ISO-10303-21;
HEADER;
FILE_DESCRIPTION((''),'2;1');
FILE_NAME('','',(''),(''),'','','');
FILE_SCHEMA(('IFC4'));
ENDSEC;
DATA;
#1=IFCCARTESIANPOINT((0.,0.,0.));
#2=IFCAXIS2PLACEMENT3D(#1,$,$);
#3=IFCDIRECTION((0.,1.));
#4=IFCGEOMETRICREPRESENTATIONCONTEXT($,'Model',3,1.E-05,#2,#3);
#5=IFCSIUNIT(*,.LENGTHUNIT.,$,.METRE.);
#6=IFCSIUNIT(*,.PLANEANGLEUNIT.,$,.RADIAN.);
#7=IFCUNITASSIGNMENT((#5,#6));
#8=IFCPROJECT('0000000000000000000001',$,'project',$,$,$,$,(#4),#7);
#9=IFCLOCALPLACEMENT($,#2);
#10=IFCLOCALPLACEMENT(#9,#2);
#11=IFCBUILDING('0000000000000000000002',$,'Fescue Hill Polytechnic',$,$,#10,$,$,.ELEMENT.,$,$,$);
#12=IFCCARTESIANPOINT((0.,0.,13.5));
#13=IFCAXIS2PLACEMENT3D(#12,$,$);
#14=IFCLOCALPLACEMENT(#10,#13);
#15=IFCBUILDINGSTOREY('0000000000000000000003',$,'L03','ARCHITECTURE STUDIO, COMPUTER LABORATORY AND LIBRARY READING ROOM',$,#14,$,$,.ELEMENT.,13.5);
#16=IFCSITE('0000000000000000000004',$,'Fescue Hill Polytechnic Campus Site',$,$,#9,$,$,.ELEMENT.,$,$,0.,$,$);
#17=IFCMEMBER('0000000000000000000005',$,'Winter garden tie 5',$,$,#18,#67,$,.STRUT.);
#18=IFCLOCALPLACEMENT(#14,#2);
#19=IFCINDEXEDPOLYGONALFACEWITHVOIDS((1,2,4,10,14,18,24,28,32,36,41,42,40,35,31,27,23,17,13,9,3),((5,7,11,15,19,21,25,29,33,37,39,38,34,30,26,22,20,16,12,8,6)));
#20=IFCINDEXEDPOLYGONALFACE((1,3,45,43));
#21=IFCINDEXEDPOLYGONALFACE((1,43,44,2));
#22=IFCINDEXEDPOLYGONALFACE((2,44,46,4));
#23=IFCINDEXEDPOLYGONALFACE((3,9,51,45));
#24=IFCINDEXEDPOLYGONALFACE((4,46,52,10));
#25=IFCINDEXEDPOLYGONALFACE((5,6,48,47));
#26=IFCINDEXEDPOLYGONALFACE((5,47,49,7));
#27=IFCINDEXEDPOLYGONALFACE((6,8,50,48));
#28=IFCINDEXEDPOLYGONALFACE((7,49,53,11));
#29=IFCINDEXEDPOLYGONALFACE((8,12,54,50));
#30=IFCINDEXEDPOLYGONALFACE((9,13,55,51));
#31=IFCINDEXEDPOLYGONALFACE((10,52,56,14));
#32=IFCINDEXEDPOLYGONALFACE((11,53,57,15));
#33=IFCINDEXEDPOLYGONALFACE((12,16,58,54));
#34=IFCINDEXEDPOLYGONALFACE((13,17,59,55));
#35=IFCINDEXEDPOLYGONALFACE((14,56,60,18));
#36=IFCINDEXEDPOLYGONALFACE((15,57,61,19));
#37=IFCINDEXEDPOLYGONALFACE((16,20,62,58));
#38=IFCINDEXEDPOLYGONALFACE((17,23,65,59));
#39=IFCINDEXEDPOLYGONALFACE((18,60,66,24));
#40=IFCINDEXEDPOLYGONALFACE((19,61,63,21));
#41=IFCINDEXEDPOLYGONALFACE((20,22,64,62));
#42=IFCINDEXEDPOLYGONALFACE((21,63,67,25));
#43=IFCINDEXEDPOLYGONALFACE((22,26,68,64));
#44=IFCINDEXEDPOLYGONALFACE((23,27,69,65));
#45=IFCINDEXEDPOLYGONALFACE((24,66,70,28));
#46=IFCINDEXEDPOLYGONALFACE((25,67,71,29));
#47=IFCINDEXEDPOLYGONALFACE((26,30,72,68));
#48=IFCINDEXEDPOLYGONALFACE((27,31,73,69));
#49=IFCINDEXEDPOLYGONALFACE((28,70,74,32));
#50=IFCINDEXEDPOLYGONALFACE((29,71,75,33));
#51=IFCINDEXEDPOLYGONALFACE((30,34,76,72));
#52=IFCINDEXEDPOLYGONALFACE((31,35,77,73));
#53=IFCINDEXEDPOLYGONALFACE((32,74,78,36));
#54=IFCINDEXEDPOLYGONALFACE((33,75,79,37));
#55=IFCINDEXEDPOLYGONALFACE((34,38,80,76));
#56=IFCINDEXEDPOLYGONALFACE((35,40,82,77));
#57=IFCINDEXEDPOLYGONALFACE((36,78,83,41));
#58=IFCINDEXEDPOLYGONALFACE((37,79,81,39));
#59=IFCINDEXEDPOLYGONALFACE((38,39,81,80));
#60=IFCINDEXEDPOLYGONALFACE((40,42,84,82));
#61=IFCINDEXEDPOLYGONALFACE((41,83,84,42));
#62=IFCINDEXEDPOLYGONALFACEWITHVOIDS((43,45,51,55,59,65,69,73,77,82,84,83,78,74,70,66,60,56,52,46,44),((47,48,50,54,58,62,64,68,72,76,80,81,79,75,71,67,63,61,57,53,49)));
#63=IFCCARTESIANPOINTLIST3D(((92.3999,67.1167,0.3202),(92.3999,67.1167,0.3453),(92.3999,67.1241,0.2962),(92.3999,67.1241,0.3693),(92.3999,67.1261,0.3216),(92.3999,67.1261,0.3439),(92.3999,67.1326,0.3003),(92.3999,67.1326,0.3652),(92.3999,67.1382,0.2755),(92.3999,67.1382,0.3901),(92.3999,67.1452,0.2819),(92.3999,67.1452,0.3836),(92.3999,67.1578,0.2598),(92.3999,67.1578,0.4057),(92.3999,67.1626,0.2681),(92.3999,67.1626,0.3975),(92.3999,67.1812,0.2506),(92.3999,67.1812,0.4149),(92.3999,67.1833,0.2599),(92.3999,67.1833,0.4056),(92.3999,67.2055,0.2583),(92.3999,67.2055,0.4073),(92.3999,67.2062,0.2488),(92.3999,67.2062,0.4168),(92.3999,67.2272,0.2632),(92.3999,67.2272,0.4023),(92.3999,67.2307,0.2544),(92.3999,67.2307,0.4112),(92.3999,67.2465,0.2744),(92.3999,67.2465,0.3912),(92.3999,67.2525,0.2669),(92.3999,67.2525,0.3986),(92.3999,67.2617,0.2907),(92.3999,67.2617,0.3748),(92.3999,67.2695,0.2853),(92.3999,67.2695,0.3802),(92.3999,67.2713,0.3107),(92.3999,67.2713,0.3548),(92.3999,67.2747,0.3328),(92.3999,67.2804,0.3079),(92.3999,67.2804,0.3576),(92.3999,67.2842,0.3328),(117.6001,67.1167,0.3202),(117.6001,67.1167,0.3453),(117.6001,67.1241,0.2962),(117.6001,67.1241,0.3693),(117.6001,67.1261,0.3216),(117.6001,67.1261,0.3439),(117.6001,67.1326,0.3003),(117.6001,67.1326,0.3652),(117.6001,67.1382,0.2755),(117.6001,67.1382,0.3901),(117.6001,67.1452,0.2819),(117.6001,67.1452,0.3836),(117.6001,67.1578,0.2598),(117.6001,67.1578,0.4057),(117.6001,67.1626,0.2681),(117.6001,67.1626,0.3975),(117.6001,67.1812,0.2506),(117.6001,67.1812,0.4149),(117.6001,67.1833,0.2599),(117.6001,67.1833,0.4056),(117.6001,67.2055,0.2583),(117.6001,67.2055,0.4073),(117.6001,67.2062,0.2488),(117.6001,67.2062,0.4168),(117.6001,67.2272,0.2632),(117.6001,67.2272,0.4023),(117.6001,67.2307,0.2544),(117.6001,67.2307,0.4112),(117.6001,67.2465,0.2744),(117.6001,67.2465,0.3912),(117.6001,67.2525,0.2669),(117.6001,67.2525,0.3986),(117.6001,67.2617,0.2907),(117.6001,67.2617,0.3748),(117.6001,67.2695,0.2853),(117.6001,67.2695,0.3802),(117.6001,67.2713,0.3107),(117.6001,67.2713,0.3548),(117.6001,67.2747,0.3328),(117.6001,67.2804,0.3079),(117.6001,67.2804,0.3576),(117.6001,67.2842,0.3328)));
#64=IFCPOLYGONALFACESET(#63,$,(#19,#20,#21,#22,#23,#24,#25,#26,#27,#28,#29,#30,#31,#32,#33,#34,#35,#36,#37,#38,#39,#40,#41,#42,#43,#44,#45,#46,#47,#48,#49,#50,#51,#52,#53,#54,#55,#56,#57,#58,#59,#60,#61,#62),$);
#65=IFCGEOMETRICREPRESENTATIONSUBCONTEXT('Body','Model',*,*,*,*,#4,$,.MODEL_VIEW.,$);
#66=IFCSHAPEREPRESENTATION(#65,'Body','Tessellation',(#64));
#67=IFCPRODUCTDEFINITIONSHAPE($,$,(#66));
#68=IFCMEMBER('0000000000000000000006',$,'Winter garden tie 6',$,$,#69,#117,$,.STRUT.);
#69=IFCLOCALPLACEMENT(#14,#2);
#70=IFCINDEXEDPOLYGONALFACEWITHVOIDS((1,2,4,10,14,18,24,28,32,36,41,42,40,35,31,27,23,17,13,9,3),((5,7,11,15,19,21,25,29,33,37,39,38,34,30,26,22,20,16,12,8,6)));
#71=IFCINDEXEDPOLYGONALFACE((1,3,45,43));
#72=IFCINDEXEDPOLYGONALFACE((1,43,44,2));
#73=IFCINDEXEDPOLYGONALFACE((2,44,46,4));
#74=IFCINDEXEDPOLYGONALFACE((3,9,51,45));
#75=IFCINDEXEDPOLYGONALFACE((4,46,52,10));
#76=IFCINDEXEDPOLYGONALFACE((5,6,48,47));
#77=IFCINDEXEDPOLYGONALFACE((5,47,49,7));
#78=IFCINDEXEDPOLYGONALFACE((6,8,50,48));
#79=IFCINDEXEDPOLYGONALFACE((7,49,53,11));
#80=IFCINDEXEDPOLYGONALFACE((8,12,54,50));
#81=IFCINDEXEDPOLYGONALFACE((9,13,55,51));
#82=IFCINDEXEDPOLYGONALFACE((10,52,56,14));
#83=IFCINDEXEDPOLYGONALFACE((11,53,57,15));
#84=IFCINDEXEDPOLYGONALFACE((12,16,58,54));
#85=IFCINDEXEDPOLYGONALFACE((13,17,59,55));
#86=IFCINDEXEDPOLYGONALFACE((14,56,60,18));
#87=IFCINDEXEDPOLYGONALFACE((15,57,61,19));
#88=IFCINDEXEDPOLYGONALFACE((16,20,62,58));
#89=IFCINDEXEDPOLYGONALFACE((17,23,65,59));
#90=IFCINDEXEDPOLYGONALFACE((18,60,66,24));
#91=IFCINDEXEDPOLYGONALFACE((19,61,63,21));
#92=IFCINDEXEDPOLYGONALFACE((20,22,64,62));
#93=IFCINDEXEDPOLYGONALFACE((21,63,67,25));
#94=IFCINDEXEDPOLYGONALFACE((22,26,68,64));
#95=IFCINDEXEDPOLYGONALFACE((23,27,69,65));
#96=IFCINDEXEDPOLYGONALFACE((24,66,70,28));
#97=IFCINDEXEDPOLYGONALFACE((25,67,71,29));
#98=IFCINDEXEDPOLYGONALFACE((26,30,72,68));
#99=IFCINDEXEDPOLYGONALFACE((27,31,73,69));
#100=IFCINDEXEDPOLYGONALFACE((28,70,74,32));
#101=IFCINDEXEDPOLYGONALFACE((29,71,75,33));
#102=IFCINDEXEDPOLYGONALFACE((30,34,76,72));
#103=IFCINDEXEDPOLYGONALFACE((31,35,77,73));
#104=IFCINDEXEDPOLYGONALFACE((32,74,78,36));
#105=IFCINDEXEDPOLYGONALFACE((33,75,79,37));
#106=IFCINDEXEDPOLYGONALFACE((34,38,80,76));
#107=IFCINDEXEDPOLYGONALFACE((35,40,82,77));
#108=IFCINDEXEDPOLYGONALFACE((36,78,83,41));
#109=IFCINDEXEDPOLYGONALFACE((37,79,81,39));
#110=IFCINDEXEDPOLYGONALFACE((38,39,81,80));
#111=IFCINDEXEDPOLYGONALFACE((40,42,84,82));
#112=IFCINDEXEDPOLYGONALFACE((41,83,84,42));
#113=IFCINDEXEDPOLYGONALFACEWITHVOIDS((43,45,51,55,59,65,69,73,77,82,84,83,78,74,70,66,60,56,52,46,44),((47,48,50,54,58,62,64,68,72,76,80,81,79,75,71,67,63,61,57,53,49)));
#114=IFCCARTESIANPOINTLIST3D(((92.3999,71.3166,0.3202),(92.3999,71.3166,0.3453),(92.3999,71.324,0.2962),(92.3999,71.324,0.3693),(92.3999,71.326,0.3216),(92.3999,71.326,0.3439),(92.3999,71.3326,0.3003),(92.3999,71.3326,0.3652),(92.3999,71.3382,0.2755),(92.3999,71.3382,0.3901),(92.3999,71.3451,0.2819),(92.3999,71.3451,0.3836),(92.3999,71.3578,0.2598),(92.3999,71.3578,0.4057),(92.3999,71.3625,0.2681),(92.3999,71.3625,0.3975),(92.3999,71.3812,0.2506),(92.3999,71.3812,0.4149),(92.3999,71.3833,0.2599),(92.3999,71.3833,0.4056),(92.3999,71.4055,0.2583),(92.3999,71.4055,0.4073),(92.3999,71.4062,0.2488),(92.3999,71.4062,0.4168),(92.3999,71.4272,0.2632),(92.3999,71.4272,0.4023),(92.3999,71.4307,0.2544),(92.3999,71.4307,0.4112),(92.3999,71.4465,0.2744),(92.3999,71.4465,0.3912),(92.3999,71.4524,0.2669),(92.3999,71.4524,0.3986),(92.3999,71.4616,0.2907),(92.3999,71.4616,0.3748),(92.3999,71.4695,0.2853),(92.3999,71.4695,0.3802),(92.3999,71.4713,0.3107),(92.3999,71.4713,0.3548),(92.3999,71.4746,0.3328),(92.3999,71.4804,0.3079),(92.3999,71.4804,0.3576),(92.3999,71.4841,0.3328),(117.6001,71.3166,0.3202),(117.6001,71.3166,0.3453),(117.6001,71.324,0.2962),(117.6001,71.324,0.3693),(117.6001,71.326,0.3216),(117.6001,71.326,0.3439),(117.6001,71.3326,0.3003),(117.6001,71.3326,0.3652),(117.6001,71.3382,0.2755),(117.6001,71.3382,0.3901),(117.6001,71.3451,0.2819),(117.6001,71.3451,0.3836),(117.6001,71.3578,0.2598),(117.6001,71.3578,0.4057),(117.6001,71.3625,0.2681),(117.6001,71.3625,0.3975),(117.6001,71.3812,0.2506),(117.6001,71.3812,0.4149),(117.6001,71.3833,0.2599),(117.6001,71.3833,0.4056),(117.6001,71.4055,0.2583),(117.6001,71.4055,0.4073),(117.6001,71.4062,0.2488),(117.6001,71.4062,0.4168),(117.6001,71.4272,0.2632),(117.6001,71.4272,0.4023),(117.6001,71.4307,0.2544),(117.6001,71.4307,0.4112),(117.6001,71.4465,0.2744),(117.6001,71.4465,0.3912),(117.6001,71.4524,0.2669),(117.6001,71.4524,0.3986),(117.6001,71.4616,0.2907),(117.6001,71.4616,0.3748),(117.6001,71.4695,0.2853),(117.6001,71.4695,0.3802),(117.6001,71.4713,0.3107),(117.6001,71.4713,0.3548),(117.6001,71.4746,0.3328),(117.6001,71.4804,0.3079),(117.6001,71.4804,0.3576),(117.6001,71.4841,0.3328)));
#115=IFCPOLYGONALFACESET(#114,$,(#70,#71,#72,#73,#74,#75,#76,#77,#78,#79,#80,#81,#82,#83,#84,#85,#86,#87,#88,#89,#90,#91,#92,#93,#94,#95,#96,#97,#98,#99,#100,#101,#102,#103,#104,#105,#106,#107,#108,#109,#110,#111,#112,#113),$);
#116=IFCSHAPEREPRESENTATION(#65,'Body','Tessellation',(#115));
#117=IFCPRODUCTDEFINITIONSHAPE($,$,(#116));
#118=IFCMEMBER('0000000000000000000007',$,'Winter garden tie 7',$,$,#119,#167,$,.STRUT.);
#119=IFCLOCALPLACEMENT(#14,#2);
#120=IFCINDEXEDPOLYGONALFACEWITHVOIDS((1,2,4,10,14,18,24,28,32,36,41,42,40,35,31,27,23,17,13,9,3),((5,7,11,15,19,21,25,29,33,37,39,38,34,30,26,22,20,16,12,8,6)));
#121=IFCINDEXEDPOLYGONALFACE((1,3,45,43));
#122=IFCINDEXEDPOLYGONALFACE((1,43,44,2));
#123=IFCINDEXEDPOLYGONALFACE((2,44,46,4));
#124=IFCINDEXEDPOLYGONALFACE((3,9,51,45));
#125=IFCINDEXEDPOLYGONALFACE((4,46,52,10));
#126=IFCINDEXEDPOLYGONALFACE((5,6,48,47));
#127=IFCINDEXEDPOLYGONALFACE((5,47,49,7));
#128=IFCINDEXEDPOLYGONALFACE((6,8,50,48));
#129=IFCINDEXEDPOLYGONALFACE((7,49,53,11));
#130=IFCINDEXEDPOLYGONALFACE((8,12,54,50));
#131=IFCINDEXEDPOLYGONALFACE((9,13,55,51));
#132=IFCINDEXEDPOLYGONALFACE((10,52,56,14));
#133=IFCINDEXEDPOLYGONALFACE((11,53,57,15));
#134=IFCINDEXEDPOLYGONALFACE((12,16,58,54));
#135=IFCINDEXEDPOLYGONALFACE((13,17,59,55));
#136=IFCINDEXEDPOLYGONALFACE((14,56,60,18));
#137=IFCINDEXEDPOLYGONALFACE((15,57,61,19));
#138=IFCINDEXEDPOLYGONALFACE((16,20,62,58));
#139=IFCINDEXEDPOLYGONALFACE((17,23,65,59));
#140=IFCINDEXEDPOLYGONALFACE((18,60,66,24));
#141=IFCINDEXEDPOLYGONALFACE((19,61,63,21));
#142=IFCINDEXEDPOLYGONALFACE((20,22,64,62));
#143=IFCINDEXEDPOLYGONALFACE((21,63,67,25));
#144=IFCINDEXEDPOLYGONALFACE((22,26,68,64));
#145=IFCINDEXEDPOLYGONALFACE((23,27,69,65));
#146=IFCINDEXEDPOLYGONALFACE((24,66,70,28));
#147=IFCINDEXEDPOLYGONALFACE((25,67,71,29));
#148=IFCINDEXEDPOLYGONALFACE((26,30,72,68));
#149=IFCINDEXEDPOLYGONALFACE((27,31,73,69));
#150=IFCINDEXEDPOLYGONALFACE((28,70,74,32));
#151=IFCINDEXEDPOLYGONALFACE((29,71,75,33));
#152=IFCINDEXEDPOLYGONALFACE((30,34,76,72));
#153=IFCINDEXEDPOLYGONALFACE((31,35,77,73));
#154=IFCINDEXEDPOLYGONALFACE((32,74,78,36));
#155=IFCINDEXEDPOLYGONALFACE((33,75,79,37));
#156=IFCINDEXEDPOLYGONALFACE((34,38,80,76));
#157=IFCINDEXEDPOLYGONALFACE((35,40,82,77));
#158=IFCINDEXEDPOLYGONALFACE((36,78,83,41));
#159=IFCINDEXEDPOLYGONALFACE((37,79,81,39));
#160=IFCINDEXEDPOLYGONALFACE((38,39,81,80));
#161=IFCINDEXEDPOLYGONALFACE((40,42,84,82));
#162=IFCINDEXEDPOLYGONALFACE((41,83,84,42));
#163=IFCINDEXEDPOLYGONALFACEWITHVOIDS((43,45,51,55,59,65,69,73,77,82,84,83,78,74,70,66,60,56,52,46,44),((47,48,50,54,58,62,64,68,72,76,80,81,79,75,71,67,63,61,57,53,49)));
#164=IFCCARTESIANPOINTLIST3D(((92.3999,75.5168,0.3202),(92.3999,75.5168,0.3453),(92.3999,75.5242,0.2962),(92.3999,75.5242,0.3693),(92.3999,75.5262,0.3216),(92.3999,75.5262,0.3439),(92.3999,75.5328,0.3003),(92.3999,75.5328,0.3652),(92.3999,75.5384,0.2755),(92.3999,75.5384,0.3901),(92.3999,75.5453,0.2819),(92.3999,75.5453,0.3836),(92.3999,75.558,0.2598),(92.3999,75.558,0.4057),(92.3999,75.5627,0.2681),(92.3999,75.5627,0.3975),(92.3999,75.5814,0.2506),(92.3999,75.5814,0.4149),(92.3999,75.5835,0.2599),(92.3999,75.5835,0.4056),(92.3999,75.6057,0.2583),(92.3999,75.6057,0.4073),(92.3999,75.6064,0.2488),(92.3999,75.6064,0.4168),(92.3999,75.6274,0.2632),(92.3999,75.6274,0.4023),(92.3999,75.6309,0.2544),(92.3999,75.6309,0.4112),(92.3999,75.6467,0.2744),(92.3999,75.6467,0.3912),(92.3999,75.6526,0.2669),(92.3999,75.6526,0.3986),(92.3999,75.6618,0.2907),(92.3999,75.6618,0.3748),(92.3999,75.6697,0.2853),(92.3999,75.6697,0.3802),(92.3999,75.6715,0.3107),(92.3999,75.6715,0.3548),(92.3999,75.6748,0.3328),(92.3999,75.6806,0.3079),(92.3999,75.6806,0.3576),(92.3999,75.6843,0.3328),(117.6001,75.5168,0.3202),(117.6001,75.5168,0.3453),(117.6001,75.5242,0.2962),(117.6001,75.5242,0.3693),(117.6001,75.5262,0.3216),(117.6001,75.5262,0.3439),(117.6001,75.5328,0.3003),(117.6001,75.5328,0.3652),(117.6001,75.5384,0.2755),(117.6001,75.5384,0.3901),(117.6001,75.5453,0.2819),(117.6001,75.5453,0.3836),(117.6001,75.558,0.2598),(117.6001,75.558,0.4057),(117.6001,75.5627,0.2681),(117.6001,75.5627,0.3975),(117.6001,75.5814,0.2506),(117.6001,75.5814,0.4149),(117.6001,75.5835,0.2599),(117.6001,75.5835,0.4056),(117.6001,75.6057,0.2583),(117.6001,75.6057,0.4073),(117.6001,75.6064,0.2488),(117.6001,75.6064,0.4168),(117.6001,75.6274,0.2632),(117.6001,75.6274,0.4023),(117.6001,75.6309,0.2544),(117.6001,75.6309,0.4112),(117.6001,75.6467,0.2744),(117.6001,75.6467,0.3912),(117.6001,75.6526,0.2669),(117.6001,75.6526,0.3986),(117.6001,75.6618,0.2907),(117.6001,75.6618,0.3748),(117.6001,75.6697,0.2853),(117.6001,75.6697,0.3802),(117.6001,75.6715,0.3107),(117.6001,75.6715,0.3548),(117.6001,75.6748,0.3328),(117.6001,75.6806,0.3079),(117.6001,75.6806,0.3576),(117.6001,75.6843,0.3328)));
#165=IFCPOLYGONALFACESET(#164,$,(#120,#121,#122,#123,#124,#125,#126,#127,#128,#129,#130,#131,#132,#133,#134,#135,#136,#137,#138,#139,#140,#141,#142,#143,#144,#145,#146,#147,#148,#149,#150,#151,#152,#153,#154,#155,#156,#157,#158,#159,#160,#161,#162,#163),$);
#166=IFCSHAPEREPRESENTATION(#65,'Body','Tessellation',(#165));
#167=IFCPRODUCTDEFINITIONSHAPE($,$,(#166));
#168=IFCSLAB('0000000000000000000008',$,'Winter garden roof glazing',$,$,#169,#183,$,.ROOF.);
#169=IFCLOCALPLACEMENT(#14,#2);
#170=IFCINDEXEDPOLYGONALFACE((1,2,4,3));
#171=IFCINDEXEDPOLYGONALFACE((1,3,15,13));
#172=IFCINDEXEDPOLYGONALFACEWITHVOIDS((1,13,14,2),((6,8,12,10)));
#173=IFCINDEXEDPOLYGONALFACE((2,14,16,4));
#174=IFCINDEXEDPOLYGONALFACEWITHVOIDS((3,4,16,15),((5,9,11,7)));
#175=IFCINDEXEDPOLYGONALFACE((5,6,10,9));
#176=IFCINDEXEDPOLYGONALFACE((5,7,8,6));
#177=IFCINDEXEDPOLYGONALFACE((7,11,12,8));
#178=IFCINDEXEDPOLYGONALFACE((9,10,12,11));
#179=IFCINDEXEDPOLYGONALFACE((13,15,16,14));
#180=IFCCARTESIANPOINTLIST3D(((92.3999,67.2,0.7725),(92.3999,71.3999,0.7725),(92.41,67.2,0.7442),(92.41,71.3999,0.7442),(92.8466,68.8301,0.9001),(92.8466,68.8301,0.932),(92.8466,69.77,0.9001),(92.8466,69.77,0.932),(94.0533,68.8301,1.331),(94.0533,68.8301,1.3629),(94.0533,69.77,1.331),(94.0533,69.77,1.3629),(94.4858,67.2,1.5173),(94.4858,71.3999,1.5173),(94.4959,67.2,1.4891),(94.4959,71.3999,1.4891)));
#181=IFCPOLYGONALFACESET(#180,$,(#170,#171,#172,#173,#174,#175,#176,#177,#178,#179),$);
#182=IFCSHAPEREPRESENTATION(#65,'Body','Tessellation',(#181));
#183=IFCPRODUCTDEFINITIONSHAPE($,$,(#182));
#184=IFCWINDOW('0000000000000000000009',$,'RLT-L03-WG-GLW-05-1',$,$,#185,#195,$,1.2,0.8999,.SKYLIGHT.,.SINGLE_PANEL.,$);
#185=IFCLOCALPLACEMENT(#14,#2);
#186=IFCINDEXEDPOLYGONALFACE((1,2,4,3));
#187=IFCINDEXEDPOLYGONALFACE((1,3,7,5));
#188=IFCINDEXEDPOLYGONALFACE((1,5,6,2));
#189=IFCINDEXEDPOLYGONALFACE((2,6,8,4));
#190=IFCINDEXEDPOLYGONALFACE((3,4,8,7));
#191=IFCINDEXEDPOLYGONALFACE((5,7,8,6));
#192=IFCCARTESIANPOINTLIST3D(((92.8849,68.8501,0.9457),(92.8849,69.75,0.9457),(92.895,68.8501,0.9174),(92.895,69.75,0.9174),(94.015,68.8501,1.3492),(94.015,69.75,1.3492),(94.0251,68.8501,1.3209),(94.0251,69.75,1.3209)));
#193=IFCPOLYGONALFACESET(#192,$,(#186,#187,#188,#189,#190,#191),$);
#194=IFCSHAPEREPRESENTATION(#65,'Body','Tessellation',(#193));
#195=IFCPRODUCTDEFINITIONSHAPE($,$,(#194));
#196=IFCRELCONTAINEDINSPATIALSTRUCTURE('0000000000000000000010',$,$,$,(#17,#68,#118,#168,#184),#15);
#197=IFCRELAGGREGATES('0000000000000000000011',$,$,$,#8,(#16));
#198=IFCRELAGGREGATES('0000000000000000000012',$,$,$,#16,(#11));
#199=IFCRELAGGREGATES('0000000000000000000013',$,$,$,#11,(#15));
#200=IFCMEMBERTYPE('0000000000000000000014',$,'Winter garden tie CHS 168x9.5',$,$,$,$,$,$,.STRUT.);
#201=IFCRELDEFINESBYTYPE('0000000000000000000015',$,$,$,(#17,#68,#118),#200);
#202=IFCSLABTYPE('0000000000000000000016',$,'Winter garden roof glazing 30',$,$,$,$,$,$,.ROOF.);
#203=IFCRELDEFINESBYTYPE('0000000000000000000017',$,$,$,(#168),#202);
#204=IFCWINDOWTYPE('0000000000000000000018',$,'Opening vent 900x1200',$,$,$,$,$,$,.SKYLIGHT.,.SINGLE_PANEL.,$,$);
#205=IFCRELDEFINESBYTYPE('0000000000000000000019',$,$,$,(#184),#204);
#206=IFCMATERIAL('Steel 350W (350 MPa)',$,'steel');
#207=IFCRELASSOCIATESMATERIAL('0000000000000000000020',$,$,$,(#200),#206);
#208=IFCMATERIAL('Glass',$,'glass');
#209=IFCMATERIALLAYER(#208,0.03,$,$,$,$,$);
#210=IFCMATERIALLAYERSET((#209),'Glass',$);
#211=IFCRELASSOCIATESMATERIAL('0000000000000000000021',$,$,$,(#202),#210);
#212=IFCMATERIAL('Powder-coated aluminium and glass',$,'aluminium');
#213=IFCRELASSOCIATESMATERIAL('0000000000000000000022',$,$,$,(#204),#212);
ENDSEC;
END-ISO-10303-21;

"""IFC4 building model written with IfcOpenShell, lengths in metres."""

from ifc_helpers import new_model, si_unit, direction, frame, origin, origin_2d, place, context, subcontext, project, spatial, polyline, rectangle, hollow_circle, outline, extrude, material, layer, layer_set, material_profile, profile_set, type_object, element, fill, save


model = new_model("IFC4")

# Units and contexts
model_context = context("Model", 3, precision=1e-05, world=origin(), true_north=direction((0.0, 1.0)))
body_context = subcontext(model_context, "Body", "Model", "MODEL_VIEW")
ifc_project = project(units=[si_unit("LENGTHUNIT", "METRE"), si_unit("PLANEANGLEUNIT", "RADIAN")], contexts=[model_context])

# Site, building, storey
site_placement = place(None, origin())
site = spatial("IfcSite", under=ifc_project, at=site_placement, Name="Fescue Hill Polytechnic Campus Site", CompositionType="ELEMENT", RefElevation=0.0)
building_placement = place(site_placement, origin())
building = spatial("IfcBuilding", under=site, at=building_placement, Name="Fescue Hill Polytechnic", CompositionType="ELEMENT")
storey_placement = place(building_placement, frame((0.0, 0.0, 13.5)))
storey = spatial("IfcBuildingStorey", under=building, at=storey_placement, Name="L03", Description="ARCHITECTURE STUDIO, COMPUTER LABORATORY AND LIBRARY READING ROOM", CompositionType="ELEMENT", Elevation=13.5)

# Members
ifc_material_1 = material(Name="Steel 350W (350 MPa)", Category="steel")
ifc_material_profile_1 = material_profile(ifc_material_1, hollow_circle(Radius=0.0842, WallThickness=0.0095, at=origin_2d()), Name="Winter garden tie CHS 168x9.5")
ifc_profile_set_1 = profile_set([ifc_material_profile_1], Name="Steel 350W (350 MPa)")
member_type_1 = type_object("IfcMemberType", Name="Winter garden tie CHS 168x9.5", PredefinedType="STRUT", material=ifc_profile_set_1)
for number, where, z_axis, x_axis, name in (
    (1, (92.3999, 67.2, 0.3328), (1.0, 0.0, 0.0), (0.0, 1.0, 0.0), "Winter garden tie 5"),
    (2, (92.3999, 71.3999, 0.3328), (1.0, 0.0, 0.0), (0.0, 1.0, 0.0), "Winter garden tie 6"),
    (3, (92.3999, 75.6001, 0.3328), (1.0, 0.0, 0.0), (0.0, 1.0, 0.0), "Winter garden tie 7"),
):
    element("IfcMember", number, at=place(storey_placement, frame(where, z_axis=z_axis, x_axis=x_axis)), inside=storey, type_object=member_type_1, Name=name, PredefinedType="STRUT", context=body_context, shape_type="SweptSolid", body=[
        extrude(hollow_circle(Radius=0.0842, WallThickness=0.0095, at=origin_2d()), origin(), (0.0, 0.0, 1.0), 25.2002),
    ])

# Slab, opening, window
ifc_material_2 = material(Name="Glass", Category="glass")
ifc_layer = layer(ifc_material_2, 0.03)
ifc_layer_set = layer_set([ifc_layer], Name="Glass")
slab_type = type_object("IfcSlabType", Name="Winter garden roof glazing 30", PredefinedType="ROOF", material=ifc_layer_set)
slab_1_placement = place(storey_placement, frame((92.3999, 67.2, 0.7725), z_axis=(-0.336295, 0.0, 0.941757), x_axis=(0.0, 1.0, 0.0)))
slab_1 = element("IfcSlab", 4, at=slab_1_placement, inside=storey, type_object=slab_type, Name="Winter garden roof glazing", PredefinedType="ROOF", context=body_context, shape_type="SweptSolid", body=[
    extrude(outline(polyline([(0.0, 0.0), (4.2, 0.0), (4.2, -2.2149), (0.0, -2.2149), (0.0, 0.0)])), origin(), (0.0, 0.0, -1.0), 0.03),
])
opening_placement = place(storey_placement, frame((93.45, 69.3, 0.8013)))
opening = element("IfcOpeningElement", 5, at=opening_placement, cuts=slab_1, PredefinedType="OPENING", context=body_context, shape_type="SweptSolid", body=[
    extrude(rectangle(XDim=1.2068, YDim=0.9399, at=origin_2d()), origin(), (0.0, 0.0, 1.0), 0.6604),
])
ifc_material_3 = material(Name="Powder-coated aluminium and glass", Category="aluminium")
window_type = type_object("IfcWindowType", Name="Opening vent 900x1200", PartitioningType="SINGLE_PANEL", PredefinedType="SKYLIGHT", material=ifc_material_3)
window_placement = place(storey_placement, frame((93.45, 69.3, 1.1475), z_axis=(-0.336295, 0.0, 0.941757), x_axis=(0.0, 1.0, 0.0)))
window = element("IfcWindow", 6, at=window_placement, inside=storey, type_object=window_type, Name="RLT-L03-WG-GLW-05-1", OverallHeight=1.2, OverallWidth=0.8999, PartitioningType="SINGLE_PANEL", PredefinedType="SKYLIGHT", context=body_context, shape_type="SweptSolid", body=[
    extrude(rectangle(XDim=0.8999, YDim=1.2, at=origin_2d()), origin(), (0.0, 0.0, -1.0), 0.03),
])
fill(opening, window)

save(model, "model.ifc")
